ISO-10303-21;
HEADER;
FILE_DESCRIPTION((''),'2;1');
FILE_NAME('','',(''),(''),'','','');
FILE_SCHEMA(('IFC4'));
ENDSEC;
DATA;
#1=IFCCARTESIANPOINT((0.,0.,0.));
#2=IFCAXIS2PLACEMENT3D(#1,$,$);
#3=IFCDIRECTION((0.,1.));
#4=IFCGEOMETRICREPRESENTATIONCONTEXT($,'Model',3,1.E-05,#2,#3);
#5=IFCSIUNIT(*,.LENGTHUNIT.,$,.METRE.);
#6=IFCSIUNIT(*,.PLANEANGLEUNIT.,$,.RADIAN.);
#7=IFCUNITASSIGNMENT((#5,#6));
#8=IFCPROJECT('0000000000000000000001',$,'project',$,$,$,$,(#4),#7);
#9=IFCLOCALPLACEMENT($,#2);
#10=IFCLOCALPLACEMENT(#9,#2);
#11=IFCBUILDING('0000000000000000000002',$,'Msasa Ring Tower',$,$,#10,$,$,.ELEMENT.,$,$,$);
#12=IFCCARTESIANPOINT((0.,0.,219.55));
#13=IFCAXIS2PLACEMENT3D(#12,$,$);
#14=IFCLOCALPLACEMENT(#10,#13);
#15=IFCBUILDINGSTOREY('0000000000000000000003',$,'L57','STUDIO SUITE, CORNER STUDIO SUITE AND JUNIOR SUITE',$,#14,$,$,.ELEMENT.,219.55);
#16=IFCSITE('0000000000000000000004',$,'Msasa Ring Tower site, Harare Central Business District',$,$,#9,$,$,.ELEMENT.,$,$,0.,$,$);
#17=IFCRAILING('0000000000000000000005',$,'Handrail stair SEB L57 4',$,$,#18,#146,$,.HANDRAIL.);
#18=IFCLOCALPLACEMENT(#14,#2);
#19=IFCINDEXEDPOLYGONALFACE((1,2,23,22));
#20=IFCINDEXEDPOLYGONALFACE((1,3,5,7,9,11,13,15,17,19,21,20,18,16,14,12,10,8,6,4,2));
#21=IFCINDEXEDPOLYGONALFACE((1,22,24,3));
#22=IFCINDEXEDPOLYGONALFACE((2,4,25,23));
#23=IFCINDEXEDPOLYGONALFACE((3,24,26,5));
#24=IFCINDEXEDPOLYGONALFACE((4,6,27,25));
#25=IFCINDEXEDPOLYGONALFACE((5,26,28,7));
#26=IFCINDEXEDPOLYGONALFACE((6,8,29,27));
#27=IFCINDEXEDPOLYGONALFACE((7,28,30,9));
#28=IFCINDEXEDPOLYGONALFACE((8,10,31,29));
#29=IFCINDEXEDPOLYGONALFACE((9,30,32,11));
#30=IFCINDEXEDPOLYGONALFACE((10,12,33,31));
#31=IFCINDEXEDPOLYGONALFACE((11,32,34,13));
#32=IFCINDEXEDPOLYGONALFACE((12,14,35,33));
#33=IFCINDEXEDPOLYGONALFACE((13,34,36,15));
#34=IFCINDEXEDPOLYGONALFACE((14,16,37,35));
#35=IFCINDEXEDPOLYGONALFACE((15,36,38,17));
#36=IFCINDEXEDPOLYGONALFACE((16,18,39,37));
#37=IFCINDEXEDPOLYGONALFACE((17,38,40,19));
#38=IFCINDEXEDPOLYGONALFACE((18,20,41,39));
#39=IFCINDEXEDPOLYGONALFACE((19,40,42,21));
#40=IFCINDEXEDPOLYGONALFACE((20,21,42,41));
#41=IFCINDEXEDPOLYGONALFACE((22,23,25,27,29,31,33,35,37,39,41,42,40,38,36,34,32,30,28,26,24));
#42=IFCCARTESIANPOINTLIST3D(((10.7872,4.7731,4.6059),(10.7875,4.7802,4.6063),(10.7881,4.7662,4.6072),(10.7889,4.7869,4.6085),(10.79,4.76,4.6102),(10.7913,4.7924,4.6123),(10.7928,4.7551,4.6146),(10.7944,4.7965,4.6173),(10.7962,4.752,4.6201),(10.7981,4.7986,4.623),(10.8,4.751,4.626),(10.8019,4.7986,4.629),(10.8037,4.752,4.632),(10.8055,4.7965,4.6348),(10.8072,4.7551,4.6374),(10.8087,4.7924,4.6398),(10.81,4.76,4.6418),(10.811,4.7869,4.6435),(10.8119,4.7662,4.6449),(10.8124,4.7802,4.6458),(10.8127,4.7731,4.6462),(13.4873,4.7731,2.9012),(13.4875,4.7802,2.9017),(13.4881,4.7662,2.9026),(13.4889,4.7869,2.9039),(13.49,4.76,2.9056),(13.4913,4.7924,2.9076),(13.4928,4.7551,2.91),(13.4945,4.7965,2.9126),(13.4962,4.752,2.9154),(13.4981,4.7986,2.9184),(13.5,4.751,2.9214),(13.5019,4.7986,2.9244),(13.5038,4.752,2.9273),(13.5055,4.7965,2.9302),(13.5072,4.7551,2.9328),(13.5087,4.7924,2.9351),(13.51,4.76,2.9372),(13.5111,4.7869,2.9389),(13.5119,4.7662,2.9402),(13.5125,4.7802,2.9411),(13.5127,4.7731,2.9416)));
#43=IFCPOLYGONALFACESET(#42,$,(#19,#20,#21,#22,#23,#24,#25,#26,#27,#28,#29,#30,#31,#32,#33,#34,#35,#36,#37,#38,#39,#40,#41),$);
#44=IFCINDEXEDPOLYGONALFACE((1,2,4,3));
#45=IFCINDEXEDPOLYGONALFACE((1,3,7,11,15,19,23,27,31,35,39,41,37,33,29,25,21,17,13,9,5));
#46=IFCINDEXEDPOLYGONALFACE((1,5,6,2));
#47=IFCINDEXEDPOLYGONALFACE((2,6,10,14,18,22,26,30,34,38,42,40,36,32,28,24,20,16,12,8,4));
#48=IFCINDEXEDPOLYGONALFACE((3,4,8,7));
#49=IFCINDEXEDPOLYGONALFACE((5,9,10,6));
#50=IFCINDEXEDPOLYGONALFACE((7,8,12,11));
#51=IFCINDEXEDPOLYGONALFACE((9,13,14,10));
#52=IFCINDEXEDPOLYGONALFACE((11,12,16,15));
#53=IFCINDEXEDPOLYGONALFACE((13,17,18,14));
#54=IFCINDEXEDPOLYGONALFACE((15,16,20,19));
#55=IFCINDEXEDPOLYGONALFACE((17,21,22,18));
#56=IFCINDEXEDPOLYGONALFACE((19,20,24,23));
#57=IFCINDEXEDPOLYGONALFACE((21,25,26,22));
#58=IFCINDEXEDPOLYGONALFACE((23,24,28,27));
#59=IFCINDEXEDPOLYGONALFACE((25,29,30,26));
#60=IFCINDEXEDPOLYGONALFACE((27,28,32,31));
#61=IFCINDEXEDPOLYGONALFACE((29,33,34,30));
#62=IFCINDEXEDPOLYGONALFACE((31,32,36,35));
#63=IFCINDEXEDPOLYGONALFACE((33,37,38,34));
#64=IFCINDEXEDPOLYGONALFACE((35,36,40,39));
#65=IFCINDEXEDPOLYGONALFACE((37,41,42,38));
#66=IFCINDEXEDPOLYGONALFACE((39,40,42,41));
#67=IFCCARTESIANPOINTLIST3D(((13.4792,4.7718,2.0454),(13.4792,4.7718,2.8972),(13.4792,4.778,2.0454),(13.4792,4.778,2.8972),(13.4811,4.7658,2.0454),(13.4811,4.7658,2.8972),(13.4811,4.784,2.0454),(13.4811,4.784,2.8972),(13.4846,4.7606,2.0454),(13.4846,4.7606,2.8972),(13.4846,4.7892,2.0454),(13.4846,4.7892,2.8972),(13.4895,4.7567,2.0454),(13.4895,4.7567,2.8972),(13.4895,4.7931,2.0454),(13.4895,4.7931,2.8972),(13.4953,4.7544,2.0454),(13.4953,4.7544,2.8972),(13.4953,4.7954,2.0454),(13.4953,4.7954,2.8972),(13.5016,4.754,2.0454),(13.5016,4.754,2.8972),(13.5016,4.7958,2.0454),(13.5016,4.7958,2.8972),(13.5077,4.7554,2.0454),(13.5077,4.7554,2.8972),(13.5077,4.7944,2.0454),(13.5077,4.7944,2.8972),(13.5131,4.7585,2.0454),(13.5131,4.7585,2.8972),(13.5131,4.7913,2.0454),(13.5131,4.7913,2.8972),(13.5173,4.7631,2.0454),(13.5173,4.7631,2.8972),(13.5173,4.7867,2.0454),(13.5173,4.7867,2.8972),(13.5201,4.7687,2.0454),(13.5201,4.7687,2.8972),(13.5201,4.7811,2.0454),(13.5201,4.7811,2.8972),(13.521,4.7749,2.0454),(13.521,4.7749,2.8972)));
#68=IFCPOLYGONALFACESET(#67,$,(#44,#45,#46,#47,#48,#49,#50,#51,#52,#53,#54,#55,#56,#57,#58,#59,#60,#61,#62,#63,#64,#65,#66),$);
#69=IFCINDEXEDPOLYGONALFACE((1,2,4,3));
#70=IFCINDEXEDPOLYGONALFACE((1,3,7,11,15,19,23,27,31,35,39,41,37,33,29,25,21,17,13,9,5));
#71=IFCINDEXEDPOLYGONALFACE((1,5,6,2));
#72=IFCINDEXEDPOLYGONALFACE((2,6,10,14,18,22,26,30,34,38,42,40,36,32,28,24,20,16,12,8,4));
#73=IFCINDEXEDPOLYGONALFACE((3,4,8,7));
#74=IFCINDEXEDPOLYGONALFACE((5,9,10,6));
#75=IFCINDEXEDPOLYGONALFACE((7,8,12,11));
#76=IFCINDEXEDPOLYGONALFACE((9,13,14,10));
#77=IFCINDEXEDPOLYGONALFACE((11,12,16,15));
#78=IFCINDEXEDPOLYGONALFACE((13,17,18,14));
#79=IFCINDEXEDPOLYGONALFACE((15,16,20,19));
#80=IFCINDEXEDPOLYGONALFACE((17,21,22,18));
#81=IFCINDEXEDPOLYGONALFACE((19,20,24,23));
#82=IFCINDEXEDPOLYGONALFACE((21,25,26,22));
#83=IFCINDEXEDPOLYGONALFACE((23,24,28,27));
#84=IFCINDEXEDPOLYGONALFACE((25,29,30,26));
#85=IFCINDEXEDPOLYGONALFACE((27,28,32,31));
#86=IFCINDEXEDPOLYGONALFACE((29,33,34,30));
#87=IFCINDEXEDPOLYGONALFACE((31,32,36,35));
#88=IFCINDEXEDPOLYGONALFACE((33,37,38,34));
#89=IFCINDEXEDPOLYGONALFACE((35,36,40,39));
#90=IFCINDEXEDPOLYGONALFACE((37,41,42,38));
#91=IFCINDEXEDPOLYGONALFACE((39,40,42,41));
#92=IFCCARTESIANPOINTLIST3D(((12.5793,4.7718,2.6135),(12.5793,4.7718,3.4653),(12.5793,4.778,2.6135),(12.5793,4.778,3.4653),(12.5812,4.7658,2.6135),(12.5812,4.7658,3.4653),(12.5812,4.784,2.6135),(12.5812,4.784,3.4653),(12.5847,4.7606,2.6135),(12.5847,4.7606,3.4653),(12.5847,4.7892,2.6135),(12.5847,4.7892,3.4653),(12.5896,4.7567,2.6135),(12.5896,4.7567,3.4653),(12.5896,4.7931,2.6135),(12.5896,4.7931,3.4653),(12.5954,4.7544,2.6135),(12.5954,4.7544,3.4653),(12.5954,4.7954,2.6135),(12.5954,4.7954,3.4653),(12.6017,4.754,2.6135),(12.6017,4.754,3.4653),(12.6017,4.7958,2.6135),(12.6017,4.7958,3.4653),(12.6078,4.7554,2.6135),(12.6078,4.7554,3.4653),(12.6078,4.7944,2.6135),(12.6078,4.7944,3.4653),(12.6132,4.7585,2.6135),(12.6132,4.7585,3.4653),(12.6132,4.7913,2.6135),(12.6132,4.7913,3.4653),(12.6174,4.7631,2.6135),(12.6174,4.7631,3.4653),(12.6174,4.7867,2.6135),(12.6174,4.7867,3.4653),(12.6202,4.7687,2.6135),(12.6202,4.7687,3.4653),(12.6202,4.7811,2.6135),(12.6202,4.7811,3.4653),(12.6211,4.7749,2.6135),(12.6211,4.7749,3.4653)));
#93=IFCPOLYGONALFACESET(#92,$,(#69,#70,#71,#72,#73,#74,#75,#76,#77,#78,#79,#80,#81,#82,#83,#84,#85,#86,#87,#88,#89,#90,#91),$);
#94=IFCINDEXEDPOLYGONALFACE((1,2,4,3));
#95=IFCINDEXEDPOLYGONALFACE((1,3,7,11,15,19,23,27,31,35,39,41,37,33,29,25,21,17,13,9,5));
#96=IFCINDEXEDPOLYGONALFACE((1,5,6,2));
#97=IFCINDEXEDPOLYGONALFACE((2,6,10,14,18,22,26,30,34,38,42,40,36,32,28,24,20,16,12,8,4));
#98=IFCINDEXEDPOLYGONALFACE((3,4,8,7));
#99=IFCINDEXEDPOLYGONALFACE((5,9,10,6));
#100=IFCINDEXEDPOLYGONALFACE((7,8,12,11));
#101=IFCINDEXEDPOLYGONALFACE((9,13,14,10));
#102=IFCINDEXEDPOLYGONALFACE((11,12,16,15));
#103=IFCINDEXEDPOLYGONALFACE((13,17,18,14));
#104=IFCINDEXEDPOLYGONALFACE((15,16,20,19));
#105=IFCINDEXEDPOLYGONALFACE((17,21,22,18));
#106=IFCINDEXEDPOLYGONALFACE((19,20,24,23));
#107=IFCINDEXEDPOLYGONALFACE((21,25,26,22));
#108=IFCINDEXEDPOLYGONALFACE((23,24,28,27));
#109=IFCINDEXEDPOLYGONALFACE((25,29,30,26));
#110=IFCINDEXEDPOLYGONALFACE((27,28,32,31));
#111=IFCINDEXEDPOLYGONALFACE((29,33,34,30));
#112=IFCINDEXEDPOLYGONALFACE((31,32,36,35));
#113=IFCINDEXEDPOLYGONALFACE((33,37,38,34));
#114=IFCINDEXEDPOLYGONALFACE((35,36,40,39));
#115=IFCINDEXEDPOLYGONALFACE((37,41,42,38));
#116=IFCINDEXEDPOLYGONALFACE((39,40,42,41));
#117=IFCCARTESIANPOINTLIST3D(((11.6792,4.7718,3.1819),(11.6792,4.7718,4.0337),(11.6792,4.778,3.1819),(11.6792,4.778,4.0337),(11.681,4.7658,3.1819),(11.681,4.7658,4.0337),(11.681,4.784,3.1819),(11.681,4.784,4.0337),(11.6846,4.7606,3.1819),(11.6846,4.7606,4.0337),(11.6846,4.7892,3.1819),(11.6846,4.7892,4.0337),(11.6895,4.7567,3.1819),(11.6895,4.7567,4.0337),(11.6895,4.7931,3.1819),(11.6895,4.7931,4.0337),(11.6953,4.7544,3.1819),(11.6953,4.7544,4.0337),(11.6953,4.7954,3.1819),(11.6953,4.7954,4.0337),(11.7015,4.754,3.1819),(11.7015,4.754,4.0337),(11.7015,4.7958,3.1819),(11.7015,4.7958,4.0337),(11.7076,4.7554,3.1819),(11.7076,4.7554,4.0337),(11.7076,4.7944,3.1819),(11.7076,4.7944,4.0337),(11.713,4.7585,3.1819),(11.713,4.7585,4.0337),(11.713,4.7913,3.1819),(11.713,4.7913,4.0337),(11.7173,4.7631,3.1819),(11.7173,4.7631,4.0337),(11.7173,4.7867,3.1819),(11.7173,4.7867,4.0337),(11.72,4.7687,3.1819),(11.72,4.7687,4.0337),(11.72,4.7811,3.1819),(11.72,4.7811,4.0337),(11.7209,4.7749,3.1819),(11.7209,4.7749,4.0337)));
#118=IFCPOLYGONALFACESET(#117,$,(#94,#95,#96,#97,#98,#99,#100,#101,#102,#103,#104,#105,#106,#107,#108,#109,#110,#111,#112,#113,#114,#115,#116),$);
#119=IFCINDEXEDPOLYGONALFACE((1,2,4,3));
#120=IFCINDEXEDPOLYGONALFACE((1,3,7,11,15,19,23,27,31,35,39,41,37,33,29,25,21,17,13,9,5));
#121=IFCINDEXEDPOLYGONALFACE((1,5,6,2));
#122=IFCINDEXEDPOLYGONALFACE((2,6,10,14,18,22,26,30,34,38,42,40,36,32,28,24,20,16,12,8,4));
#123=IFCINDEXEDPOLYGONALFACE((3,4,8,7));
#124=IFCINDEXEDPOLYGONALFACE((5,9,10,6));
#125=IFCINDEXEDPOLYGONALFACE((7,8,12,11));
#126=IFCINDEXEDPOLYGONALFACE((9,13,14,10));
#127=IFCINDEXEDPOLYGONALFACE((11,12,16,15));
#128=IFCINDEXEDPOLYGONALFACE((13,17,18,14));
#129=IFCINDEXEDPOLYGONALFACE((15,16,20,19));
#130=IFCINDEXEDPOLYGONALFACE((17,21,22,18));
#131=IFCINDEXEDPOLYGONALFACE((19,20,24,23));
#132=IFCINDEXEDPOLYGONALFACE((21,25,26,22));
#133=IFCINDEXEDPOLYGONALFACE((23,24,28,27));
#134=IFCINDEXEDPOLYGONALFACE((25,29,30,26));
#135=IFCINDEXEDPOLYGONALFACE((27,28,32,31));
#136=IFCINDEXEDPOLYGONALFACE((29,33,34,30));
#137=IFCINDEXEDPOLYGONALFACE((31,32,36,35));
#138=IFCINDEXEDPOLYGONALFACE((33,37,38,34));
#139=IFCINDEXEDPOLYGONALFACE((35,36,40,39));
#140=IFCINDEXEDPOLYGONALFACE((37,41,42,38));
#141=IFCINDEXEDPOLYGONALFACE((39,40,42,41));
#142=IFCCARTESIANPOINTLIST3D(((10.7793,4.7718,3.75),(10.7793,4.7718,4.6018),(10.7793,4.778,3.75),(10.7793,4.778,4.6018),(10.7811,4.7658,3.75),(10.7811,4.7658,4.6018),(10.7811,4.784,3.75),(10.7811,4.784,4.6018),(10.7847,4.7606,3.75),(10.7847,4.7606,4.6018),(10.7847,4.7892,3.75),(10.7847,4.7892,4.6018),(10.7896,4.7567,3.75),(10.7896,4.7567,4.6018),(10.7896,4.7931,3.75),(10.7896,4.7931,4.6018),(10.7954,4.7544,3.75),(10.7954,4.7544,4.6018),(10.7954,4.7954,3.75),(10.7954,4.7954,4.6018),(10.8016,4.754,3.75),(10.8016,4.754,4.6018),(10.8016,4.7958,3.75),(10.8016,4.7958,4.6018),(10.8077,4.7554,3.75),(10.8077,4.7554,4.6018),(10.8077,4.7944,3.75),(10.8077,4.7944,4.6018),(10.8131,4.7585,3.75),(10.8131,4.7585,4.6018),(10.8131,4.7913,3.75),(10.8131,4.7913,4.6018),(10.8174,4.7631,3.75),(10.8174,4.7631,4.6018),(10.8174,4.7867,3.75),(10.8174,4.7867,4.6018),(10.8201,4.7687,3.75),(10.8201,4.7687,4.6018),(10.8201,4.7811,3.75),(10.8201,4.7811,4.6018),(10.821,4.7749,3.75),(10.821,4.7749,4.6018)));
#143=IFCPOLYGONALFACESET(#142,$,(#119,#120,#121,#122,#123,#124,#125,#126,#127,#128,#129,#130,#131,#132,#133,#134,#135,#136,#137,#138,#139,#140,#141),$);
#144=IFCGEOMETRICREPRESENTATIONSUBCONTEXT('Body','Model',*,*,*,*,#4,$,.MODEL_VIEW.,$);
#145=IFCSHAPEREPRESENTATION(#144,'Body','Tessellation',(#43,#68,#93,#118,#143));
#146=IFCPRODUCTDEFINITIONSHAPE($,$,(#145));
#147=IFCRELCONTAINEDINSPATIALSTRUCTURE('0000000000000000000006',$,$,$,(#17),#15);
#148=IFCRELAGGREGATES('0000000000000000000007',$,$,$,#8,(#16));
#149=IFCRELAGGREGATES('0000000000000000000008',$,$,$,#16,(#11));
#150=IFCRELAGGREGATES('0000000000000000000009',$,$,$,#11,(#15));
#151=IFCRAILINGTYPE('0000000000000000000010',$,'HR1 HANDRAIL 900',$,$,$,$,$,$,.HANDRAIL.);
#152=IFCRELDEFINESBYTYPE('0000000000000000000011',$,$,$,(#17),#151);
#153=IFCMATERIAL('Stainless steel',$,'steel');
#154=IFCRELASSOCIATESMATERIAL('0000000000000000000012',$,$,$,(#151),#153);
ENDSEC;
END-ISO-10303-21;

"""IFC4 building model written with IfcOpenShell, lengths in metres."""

from ifc_helpers import new_model, si_unit, direction, frame, origin, origin_2d, place, context, subcontext, project, spatial, circle, extrude, material, type_object, element, save


model = new_model("IFC4")

# Units and contexts
model_context = context("Model", 3, precision=1e-05, world=origin(), true_north=direction((0.0, 1.0)))
body_context = subcontext(model_context, "Body", "Model", "MODEL_VIEW")
ifc_project = project(units=[si_unit("LENGTHUNIT", "METRE"), si_unit("PLANEANGLEUNIT", "RADIAN")], contexts=[model_context])

# Site, building, storey
site_placement = place(None, origin())
site = spatial("IfcSite", under=ifc_project, at=site_placement, Name="Msasa Ring Tower site, Harare Central Business District", CompositionType="ELEMENT", RefElevation=0.0)
building_placement = place(site_placement, origin())
building = spatial("IfcBuilding", under=site, at=building_placement, Name="Msasa Ring Tower", CompositionType="ELEMENT")
storey_placement = place(building_placement, frame((0.0, 0.0, 219.55)))
storey = spatial("IfcBuildingStorey", under=building, at=storey_placement, Name="L57", Description="STUDIO SUITE, CORNER STUDIO SUITE AND JUNIOR SUITE", CompositionType="ELEMENT", Elevation=219.55)

# Railing
ifc_material_1 = material(Name="Stainless steel", Category="steel")
railing_type = type_object("IfcRailingType", Name="HR1 HANDRAIL 900", PredefinedType="HANDRAIL", material=ifc_material_1)
for number, where, name in (
    (1, (13.5, 4.7749, 2.0454), "Handrail stair SEB L57 4"),
):
    element("IfcRailing", number, at=place(storey_placement, frame(where)), inside=storey, type_object=railing_type, Name=name, PredefinedType="HANDRAIL", context=body_context, shape_type="SweptSolid", body=[
        extrude(circle(Radius=0.0239, at=origin_2d()), frame((0.0, 0.0, 0.876), z_axis=(-0.84558, 0.0, 0.533849), x_axis=(0.0, -1.0, 0.0)), (0.0, 0.0, 1.0), 3.1931),
        extrude(circle(Radius=0.021, at=origin_2d()), origin(), (0.0, 0.0, 1.0), 0.8518),
        extrude(circle(Radius=0.021, at=origin_2d()), frame((-0.8999, 0.0, 0.5681)), (0.0, 0.0, 1.0), 0.8518),
        extrude(circle(Radius=0.021, at=origin_2d()), frame((-1.8, 0.0, 1.1365)), (0.0, 0.0, 1.0), 0.8518),
        extrude(circle(Radius=0.021, at=origin_2d()), frame((-2.7, 0.0, 1.7046)), (0.0, 0.0, 1.0), 0.8518),
    ])

save(model, "model.ifc")
